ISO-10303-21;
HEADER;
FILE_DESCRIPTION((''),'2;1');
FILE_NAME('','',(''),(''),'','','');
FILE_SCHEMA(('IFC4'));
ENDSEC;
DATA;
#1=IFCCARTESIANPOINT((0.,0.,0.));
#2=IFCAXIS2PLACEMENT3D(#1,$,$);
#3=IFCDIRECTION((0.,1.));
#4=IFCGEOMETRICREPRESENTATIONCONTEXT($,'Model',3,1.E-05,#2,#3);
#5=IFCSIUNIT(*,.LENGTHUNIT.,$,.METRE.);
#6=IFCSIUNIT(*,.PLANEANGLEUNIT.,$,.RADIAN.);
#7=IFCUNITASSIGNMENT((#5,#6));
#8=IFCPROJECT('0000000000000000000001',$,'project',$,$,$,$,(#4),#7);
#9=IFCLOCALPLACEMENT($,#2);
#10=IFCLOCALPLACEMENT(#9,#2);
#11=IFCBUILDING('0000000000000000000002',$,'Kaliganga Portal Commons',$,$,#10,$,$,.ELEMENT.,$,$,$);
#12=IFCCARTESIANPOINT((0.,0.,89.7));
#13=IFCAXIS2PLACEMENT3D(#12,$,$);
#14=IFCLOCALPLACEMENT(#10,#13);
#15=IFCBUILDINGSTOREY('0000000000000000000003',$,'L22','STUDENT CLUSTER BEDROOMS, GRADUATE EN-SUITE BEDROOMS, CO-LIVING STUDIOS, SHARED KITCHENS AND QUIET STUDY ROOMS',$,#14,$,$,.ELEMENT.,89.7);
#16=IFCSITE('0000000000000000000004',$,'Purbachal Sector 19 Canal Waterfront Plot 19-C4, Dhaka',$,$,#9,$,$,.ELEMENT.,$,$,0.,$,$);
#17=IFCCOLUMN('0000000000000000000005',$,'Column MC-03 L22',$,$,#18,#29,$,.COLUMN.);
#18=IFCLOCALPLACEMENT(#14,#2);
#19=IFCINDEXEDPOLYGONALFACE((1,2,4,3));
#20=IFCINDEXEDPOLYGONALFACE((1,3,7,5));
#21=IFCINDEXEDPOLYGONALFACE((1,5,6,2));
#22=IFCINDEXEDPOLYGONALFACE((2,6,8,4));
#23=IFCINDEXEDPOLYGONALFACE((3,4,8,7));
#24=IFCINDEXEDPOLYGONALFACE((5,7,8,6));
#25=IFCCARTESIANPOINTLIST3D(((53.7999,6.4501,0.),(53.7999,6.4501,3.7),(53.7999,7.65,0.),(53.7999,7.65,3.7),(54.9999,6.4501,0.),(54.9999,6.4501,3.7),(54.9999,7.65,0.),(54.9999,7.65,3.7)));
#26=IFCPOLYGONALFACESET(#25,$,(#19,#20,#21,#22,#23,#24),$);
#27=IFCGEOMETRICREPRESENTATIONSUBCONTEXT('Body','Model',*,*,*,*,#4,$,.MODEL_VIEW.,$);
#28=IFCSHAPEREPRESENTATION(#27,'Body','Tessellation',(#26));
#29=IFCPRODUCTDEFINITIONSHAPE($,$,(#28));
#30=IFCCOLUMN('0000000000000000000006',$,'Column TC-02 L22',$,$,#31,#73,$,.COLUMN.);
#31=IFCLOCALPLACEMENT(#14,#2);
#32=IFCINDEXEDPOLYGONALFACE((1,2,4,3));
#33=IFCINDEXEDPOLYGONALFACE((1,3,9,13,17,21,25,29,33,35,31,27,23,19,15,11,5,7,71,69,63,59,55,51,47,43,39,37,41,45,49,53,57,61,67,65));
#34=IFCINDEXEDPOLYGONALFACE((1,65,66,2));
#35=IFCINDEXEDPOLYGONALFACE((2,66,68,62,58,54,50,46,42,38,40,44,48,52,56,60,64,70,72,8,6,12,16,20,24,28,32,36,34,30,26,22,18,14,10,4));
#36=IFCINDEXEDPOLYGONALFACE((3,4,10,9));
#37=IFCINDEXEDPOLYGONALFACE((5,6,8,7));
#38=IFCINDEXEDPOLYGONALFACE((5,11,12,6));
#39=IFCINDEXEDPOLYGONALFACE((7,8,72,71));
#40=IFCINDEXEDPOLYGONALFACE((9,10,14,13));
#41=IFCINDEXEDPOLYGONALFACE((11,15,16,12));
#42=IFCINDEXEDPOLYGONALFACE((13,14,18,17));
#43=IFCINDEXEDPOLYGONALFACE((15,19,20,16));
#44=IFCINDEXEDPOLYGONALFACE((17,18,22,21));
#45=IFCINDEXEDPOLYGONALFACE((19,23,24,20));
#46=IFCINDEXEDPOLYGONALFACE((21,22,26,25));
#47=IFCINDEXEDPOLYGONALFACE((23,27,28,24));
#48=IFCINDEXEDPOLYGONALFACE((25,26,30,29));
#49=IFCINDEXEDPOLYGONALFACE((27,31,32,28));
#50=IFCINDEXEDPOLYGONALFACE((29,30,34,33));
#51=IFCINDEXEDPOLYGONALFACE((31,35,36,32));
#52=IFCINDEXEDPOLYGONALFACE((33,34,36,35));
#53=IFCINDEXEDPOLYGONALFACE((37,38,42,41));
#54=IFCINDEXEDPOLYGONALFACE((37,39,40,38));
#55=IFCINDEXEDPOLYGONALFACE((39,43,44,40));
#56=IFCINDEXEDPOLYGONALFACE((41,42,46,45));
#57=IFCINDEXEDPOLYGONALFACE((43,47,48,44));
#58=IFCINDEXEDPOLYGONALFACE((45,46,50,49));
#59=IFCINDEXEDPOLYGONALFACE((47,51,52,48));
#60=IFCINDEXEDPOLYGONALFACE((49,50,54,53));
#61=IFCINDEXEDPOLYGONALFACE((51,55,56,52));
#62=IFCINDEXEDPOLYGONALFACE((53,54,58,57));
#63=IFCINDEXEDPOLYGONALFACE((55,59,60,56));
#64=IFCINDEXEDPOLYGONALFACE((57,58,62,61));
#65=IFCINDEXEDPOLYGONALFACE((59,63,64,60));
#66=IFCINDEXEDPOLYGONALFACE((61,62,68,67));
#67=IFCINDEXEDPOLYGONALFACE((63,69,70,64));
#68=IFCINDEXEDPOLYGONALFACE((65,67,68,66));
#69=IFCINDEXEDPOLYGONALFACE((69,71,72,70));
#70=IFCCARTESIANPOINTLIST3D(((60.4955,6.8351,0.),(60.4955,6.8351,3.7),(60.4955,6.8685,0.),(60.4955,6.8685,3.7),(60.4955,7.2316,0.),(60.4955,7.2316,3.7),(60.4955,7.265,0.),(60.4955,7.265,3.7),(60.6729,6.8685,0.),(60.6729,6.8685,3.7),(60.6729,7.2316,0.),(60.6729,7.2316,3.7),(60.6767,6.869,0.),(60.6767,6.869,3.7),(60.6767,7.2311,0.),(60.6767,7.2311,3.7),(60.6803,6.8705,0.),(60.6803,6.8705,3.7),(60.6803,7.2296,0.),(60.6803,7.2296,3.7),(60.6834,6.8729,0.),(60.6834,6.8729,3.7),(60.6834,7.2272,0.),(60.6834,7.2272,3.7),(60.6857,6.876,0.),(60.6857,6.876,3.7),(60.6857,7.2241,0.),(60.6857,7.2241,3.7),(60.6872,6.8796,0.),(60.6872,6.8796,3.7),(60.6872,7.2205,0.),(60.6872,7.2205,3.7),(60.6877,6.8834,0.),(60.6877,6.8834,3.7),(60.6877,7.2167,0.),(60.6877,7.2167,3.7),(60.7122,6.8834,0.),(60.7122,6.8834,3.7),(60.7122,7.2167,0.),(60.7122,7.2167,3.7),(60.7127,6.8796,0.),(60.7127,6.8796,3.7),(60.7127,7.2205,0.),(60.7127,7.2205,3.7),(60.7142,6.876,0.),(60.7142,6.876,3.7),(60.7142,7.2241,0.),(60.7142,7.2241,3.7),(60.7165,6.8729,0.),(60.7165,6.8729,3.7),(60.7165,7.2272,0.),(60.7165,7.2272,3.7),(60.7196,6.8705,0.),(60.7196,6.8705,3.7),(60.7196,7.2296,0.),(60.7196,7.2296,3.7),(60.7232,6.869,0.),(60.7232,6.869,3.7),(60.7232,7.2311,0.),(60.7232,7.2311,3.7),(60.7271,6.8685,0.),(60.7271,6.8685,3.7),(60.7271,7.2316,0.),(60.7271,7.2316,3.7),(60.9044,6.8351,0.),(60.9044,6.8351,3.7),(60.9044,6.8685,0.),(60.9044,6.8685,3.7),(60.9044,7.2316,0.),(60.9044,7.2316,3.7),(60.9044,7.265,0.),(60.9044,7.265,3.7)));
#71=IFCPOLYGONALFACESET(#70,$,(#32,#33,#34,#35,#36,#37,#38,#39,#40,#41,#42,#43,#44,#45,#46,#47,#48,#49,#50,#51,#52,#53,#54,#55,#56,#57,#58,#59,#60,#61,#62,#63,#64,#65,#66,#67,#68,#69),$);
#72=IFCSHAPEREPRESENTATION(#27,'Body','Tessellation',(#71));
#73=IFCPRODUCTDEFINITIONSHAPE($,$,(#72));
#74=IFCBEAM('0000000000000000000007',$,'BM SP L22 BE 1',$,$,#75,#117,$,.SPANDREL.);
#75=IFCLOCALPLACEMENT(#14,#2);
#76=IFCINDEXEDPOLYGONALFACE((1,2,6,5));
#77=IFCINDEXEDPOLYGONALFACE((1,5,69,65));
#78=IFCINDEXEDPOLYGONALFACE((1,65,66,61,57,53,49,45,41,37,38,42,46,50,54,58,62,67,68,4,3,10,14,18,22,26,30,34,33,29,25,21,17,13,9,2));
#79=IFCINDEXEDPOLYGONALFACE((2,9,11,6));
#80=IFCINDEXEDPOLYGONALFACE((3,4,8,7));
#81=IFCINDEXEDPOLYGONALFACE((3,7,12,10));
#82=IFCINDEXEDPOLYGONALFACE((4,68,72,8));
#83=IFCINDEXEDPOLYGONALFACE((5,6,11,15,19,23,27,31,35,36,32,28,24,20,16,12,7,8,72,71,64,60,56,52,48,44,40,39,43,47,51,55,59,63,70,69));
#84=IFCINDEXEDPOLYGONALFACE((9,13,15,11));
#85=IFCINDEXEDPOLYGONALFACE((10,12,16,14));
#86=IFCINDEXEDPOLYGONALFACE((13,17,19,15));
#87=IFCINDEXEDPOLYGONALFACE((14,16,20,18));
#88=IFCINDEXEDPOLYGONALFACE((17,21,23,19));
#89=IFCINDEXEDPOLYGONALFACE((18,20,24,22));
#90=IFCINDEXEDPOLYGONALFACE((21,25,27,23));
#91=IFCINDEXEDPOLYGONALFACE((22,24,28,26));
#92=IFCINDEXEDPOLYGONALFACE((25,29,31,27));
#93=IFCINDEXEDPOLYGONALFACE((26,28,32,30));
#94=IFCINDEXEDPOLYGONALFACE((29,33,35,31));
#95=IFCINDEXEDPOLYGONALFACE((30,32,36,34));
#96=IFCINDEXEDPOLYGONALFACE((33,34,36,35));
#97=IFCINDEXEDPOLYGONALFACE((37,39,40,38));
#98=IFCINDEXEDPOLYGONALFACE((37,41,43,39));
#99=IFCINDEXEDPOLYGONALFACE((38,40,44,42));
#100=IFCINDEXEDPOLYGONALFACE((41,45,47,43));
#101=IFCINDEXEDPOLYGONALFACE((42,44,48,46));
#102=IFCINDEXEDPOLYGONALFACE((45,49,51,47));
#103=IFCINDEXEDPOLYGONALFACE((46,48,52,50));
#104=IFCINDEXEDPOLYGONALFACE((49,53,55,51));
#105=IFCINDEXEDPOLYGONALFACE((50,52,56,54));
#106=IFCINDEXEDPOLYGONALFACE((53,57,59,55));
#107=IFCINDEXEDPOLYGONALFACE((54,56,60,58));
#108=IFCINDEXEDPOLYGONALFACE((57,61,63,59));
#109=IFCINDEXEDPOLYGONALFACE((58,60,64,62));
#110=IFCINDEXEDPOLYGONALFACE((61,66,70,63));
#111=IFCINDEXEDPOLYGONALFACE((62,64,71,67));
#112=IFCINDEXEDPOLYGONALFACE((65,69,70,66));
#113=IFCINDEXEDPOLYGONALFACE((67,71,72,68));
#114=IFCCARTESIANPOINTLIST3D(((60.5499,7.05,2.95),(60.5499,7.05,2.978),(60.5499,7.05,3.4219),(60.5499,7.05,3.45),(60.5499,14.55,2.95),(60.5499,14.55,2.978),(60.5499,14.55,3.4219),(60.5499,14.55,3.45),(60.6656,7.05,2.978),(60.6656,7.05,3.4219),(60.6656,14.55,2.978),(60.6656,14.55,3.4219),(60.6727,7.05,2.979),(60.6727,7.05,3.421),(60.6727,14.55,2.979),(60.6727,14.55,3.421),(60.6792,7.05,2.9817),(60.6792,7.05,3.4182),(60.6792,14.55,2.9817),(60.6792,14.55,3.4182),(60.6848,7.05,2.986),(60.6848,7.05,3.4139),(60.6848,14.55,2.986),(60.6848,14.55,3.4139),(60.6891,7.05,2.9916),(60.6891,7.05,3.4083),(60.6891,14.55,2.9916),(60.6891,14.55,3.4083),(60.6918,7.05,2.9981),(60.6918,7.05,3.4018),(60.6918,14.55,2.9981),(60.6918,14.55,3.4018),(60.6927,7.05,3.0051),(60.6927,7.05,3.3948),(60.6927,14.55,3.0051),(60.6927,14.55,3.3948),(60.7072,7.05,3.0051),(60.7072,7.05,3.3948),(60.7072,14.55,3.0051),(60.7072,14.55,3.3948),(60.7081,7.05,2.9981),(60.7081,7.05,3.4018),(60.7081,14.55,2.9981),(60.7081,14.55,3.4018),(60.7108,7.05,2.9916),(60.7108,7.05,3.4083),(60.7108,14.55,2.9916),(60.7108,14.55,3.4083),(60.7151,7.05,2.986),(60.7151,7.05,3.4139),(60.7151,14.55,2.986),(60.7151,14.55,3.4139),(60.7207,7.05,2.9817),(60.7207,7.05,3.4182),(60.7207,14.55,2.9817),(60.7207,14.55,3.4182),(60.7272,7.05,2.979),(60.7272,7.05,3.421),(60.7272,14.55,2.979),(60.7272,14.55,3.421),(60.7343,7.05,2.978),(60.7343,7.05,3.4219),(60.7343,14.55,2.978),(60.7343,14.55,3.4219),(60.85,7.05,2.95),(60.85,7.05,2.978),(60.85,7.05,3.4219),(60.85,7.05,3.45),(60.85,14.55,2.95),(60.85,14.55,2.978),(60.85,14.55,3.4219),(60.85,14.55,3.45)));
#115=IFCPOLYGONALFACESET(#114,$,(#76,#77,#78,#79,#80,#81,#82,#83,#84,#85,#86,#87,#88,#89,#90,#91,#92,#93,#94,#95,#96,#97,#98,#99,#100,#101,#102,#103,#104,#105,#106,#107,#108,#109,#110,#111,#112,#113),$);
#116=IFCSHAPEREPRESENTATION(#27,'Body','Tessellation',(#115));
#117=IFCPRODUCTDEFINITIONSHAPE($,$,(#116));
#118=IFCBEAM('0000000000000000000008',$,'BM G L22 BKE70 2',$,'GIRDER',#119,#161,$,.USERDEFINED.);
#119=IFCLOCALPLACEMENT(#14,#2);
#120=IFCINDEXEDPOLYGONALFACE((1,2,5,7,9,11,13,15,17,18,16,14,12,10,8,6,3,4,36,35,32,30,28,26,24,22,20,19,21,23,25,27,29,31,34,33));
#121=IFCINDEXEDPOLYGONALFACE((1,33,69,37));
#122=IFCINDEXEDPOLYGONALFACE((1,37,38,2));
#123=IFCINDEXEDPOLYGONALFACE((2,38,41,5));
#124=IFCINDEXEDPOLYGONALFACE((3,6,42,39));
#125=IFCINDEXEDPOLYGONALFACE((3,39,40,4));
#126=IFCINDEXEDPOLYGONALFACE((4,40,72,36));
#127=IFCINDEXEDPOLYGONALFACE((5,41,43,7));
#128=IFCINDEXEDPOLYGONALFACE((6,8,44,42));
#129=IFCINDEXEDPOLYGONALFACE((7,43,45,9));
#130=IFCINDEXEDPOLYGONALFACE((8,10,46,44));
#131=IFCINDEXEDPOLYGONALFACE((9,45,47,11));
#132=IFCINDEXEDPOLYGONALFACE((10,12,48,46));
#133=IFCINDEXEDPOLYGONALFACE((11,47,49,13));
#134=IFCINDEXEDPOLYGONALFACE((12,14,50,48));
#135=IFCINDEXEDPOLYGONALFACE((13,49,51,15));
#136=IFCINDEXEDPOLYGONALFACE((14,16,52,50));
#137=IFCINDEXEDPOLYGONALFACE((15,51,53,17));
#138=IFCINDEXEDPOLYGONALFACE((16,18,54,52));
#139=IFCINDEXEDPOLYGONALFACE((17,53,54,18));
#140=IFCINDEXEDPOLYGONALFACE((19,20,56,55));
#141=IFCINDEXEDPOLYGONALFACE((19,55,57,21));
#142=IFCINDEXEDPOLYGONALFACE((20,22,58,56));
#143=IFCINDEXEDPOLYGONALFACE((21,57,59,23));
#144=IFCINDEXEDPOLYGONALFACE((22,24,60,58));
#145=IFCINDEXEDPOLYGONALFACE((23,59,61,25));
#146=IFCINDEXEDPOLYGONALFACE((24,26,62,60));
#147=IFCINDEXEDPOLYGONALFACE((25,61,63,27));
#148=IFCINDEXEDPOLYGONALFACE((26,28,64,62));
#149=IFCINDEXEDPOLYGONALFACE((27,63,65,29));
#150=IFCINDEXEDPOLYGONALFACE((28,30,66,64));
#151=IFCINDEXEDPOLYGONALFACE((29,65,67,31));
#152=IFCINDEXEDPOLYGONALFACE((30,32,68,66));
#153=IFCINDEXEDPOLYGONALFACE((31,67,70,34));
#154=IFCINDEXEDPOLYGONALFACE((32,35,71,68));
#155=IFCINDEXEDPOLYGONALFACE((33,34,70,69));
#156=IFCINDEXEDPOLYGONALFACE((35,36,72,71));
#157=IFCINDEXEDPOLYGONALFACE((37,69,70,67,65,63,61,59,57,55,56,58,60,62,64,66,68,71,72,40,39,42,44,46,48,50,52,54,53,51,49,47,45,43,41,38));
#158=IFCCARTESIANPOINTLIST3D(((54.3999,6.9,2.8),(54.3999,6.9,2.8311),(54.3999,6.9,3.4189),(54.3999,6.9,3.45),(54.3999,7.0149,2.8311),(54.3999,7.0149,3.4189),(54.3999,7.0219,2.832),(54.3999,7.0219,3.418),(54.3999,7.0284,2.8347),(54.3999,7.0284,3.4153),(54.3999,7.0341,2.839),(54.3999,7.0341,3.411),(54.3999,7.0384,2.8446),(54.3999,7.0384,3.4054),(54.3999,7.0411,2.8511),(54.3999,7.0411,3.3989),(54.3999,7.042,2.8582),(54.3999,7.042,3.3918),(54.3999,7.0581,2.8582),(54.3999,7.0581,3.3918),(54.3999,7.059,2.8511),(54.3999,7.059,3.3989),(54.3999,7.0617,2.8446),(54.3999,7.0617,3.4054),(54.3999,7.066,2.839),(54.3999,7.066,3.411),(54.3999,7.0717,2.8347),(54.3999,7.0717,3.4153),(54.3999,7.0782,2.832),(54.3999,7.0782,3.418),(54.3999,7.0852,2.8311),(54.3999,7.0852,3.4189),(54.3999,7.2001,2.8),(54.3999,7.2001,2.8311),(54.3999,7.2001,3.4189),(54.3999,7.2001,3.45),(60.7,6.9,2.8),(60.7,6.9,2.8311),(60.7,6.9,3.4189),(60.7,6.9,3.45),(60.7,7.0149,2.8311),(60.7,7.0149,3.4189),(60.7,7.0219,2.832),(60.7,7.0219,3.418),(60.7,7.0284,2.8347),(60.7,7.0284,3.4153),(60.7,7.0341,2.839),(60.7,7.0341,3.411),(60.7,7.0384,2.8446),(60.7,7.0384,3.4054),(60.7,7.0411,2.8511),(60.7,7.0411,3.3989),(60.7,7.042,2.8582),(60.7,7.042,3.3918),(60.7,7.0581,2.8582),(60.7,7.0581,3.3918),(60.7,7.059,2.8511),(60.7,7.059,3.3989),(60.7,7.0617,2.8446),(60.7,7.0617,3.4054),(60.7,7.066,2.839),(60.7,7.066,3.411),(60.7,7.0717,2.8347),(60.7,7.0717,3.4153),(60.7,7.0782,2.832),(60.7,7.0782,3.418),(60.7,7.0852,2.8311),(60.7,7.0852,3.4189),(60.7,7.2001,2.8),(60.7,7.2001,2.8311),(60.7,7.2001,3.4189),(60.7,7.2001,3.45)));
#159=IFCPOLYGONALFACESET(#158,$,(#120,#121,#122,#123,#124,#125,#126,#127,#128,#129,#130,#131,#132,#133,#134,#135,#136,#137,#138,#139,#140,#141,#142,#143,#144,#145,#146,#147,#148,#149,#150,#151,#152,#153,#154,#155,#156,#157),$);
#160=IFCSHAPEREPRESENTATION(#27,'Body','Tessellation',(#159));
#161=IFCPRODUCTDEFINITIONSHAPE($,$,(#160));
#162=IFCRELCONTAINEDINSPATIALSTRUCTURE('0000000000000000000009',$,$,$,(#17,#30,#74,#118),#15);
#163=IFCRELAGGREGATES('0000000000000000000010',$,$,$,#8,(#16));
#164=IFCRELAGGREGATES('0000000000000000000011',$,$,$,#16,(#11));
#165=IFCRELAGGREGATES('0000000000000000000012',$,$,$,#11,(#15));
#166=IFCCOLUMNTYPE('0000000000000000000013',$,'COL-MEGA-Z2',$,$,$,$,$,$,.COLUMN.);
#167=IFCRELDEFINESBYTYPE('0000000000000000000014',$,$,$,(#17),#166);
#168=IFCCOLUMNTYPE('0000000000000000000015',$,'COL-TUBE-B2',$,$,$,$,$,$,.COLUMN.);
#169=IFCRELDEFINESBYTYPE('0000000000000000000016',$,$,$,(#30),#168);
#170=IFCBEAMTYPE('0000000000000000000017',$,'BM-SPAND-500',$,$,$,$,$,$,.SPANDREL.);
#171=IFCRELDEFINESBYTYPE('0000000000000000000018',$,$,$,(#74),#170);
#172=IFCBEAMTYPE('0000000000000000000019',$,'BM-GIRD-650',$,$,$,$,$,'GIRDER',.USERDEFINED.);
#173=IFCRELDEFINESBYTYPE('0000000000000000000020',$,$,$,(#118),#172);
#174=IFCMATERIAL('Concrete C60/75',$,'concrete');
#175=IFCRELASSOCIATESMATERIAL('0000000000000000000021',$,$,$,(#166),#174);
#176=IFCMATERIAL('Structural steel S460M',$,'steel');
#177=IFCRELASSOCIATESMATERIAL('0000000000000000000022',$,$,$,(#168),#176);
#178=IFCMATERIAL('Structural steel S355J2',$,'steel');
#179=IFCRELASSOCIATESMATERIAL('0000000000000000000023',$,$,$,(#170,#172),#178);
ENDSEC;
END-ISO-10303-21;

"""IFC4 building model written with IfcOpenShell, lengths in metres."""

from ifc_helpers import new_model, si_unit, direction, frame, origin, origin_2d, place, context, subcontext, project, spatial, rectangle, i_section, extrude, source, transform, mapped, material, material_profile, profile_set, type_object, element, save


model = new_model("IFC4")

# Units and contexts
model_context = context("Model", 3, precision=1e-05, world=origin(), true_north=direction((0.0, 1.0)))
body_context = subcontext(model_context, "Body", "Model", "MODEL_VIEW")
ifc_project = project(units=[si_unit("LENGTHUNIT", "METRE"), si_unit("PLANEANGLEUNIT", "RADIAN")], contexts=[model_context])

# Site, building, storey
site_placement = place(None, origin())
site = spatial("IfcSite", under=ifc_project, at=site_placement, Name="Purbachal Sector 19 Canal Waterfront Plot 19-C4, Dhaka", CompositionType="ELEMENT", RefElevation=0.0)
building_placement = place(site_placement, origin())
building = spatial("IfcBuilding", under=site, at=building_placement, Name="Kaliganga Portal Commons", CompositionType="ELEMENT")
storey_placement = place(building_placement, frame((0.0, 0.0, 89.7)))
storey = spatial("IfcBuildingStorey", under=building, at=storey_placement, Name="L22", Description="STUDENT CLUSTER BEDROOMS, GRADUATE EN-SUITE BEDROOMS, CO-LIVING STUDIOS, SHARED KITCHENS AND QUIET STUDY ROOMS", CompositionType="ELEMENT", Elevation=89.7)

# Columns
ifc_material_1 = material(Name="Concrete C60/75", Category="concrete")
ifc_material_profile_1 = material_profile(ifc_material_1, rectangle(XDim=1.2, YDim=1.2, at=origin_2d()), Name="RC 1200x1200")
ifc_profile_set_1 = profile_set([ifc_material_profile_1], Name="Concrete C60/75")
column_type_1 = type_object("IfcColumnType", Name="COL-MEGA-Z2", PredefinedType="COLUMN", material=ifc_profile_set_1)
shared_shape_1 = source(origin(), body_context, "Body", "SweptSolid", [
    extrude(rectangle(XDim=1.2, YDim=1.2, at=origin_2d()), origin(), (0.0, 0.0, 1.0), 3.7),
])
column_1_placement = place(storey_placement, frame((54.3999, 7.05, 0.0), z_axis=(0.0, 0.0, 1.0), x_axis=(1.0, 0.0, 0.0)))
element("IfcColumn", 1, at=column_1_placement, inside=storey, type_object=column_type_1, Name="Column MC-03 L22", PredefinedType="COLUMN", context=body_context, shape_type="MappedRepresentation", body=[
    mapped(shared_shape_1, transform((0.0, 0.0, 0.0), x_axis=(1.0, 0.0, 0.0), y_axis=(0.0, 1.0, 0.0), z_axis=(0.0, 0.0, 1.0), scale=1.0)),
])
ifc_material_2 = material(Name="Structural steel S460M", Category="steel")
ifc_material_profile_2 = material_profile(ifc_material_2, i_section(OverallWidth=0.4089, OverallDepth=0.4299, WebThickness=0.0244, FlangeThickness=0.0334, FilletRadius=0.0149, at=origin_2d()), Name="HD 400x421")
ifc_profile_set_2 = profile_set([ifc_material_profile_2], Name="Structural steel S460M wide-flange")
column_type_2 = type_object("IfcColumnType", Name="COL-TUBE-B2", PredefinedType="COLUMN", material=ifc_profile_set_2)
shared_shape_2 = source(origin(), body_context, "Body", "SweptSolid", [
    extrude(i_section(OverallWidth=0.4089, OverallDepth=0.4299, WebThickness=0.0244, FlangeThickness=0.0334, FilletRadius=0.0149, at=origin_2d()), origin(), (0.0, 0.0, 1.0), 3.7),
])
column_2_placement = place(storey_placement, frame((60.7, 7.05, 0.0), z_axis=(0.0, 0.0, 1.0), x_axis=(1.0, 0.0, 0.0)))
element("IfcColumn", 2, at=column_2_placement, inside=storey, type_object=column_type_2, Name="Column TC-02 L22", PredefinedType="COLUMN", context=body_context, shape_type="MappedRepresentation", body=[
    mapped(shared_shape_2, transform((0.0, 0.0, 0.0), x_axis=(1.0, 0.0, 0.0), y_axis=(0.0, 1.0, 0.0), z_axis=(0.0, 0.0, 1.0), scale=1.0)),
])

# Beams
ifc_material_3 = material(Name="Structural steel S355J2", Category="steel")
ifc_material_profile_3 = material_profile(ifc_material_3, i_section(OverallWidth=0.3, OverallDepth=0.5, WebThickness=0.0144, FlangeThickness=0.0281, FilletRadius=0.0271, at=origin_2d()), Name="HE 500 B")
ifc_profile_set_3 = profile_set([ifc_material_profile_3], Name="Structural steel S355J2 wide-flange")
beam_type_1 = type_object("IfcBeamType", Name="BM-SPAND-500", PredefinedType="SPANDREL", material=ifc_profile_set_3)
shared_shape_3 = source(origin(), body_context, "Body", "SweptSolid", [
    extrude(i_section(OverallWidth=0.3, OverallDepth=0.5, WebThickness=0.0144, FlangeThickness=0.0281, FilletRadius=0.0271, at=origin_2d()), origin(), (0.0, 0.0, 1.0), 7.5),
])
beam_1_placement = place(storey_placement, frame((60.7, 7.05, 3.2), z_axis=(0.0, 1.0, 0.0), x_axis=(-1.0, 0.0, 0.0)))
element("IfcBeam", 3, at=beam_1_placement, inside=storey, type_object=beam_type_1, Name="BM SP L22 BE 1", PredefinedType="SPANDREL", context=body_context, shape_type="MappedRepresentation", body=[
    mapped(shared_shape_3, transform((0.0, 0.0, 0.0), x_axis=(1.0, 0.0, 0.0), y_axis=(0.0, 1.0, 0.0), z_axis=(0.0, 0.0, 1.0), scale=1.0)),
])
ifc_material_profile_4 = material_profile(ifc_material_3, i_section(OverallWidth=0.3, OverallDepth=0.6499, WebThickness=0.0161, FlangeThickness=0.031, FilletRadius=0.0271, at=origin_2d()), Name="HE 650 B")
ifc_profile_set_4 = profile_set([ifc_material_profile_4], Name="Structural steel S355J2 wide-flange")
beam_type_2 = type_object("IfcBeamType", Name="BM-GIRD-650", ElementType="GIRDER", PredefinedType="USERDEFINED", material=ifc_profile_set_4)
shared_shape_4 = source(origin(), body_context, "Body", "SweptSolid", [
    extrude(i_section(OverallWidth=0.3, OverallDepth=0.6499, WebThickness=0.0161, FlangeThickness=0.031, FilletRadius=0.0271, at=origin_2d()), origin(), (0.0, 0.0, 1.0), 6.3),
])
beam_2_placement = place(storey_placement, frame((54.3999, 7.05, 3.125), z_axis=(1.0, 0.0, 0.0), x_axis=(0.0, 1.0, 0.0)))
element("IfcBeam", 4, at=beam_2_placement, inside=storey, type_object=beam_type_2, Name="BM G L22 BKE70 2", ObjectType="GIRDER", PredefinedType="USERDEFINED", context=body_context, shape_type="MappedRepresentation", body=[
    mapped(shared_shape_4, transform((0.0, 0.0, 0.0), x_axis=(1.0, 0.0, 0.0), y_axis=(0.0, 1.0, 0.0), z_axis=(0.0, 0.0, 1.0), scale=1.0)),
])

save(model, "model.ifc")
